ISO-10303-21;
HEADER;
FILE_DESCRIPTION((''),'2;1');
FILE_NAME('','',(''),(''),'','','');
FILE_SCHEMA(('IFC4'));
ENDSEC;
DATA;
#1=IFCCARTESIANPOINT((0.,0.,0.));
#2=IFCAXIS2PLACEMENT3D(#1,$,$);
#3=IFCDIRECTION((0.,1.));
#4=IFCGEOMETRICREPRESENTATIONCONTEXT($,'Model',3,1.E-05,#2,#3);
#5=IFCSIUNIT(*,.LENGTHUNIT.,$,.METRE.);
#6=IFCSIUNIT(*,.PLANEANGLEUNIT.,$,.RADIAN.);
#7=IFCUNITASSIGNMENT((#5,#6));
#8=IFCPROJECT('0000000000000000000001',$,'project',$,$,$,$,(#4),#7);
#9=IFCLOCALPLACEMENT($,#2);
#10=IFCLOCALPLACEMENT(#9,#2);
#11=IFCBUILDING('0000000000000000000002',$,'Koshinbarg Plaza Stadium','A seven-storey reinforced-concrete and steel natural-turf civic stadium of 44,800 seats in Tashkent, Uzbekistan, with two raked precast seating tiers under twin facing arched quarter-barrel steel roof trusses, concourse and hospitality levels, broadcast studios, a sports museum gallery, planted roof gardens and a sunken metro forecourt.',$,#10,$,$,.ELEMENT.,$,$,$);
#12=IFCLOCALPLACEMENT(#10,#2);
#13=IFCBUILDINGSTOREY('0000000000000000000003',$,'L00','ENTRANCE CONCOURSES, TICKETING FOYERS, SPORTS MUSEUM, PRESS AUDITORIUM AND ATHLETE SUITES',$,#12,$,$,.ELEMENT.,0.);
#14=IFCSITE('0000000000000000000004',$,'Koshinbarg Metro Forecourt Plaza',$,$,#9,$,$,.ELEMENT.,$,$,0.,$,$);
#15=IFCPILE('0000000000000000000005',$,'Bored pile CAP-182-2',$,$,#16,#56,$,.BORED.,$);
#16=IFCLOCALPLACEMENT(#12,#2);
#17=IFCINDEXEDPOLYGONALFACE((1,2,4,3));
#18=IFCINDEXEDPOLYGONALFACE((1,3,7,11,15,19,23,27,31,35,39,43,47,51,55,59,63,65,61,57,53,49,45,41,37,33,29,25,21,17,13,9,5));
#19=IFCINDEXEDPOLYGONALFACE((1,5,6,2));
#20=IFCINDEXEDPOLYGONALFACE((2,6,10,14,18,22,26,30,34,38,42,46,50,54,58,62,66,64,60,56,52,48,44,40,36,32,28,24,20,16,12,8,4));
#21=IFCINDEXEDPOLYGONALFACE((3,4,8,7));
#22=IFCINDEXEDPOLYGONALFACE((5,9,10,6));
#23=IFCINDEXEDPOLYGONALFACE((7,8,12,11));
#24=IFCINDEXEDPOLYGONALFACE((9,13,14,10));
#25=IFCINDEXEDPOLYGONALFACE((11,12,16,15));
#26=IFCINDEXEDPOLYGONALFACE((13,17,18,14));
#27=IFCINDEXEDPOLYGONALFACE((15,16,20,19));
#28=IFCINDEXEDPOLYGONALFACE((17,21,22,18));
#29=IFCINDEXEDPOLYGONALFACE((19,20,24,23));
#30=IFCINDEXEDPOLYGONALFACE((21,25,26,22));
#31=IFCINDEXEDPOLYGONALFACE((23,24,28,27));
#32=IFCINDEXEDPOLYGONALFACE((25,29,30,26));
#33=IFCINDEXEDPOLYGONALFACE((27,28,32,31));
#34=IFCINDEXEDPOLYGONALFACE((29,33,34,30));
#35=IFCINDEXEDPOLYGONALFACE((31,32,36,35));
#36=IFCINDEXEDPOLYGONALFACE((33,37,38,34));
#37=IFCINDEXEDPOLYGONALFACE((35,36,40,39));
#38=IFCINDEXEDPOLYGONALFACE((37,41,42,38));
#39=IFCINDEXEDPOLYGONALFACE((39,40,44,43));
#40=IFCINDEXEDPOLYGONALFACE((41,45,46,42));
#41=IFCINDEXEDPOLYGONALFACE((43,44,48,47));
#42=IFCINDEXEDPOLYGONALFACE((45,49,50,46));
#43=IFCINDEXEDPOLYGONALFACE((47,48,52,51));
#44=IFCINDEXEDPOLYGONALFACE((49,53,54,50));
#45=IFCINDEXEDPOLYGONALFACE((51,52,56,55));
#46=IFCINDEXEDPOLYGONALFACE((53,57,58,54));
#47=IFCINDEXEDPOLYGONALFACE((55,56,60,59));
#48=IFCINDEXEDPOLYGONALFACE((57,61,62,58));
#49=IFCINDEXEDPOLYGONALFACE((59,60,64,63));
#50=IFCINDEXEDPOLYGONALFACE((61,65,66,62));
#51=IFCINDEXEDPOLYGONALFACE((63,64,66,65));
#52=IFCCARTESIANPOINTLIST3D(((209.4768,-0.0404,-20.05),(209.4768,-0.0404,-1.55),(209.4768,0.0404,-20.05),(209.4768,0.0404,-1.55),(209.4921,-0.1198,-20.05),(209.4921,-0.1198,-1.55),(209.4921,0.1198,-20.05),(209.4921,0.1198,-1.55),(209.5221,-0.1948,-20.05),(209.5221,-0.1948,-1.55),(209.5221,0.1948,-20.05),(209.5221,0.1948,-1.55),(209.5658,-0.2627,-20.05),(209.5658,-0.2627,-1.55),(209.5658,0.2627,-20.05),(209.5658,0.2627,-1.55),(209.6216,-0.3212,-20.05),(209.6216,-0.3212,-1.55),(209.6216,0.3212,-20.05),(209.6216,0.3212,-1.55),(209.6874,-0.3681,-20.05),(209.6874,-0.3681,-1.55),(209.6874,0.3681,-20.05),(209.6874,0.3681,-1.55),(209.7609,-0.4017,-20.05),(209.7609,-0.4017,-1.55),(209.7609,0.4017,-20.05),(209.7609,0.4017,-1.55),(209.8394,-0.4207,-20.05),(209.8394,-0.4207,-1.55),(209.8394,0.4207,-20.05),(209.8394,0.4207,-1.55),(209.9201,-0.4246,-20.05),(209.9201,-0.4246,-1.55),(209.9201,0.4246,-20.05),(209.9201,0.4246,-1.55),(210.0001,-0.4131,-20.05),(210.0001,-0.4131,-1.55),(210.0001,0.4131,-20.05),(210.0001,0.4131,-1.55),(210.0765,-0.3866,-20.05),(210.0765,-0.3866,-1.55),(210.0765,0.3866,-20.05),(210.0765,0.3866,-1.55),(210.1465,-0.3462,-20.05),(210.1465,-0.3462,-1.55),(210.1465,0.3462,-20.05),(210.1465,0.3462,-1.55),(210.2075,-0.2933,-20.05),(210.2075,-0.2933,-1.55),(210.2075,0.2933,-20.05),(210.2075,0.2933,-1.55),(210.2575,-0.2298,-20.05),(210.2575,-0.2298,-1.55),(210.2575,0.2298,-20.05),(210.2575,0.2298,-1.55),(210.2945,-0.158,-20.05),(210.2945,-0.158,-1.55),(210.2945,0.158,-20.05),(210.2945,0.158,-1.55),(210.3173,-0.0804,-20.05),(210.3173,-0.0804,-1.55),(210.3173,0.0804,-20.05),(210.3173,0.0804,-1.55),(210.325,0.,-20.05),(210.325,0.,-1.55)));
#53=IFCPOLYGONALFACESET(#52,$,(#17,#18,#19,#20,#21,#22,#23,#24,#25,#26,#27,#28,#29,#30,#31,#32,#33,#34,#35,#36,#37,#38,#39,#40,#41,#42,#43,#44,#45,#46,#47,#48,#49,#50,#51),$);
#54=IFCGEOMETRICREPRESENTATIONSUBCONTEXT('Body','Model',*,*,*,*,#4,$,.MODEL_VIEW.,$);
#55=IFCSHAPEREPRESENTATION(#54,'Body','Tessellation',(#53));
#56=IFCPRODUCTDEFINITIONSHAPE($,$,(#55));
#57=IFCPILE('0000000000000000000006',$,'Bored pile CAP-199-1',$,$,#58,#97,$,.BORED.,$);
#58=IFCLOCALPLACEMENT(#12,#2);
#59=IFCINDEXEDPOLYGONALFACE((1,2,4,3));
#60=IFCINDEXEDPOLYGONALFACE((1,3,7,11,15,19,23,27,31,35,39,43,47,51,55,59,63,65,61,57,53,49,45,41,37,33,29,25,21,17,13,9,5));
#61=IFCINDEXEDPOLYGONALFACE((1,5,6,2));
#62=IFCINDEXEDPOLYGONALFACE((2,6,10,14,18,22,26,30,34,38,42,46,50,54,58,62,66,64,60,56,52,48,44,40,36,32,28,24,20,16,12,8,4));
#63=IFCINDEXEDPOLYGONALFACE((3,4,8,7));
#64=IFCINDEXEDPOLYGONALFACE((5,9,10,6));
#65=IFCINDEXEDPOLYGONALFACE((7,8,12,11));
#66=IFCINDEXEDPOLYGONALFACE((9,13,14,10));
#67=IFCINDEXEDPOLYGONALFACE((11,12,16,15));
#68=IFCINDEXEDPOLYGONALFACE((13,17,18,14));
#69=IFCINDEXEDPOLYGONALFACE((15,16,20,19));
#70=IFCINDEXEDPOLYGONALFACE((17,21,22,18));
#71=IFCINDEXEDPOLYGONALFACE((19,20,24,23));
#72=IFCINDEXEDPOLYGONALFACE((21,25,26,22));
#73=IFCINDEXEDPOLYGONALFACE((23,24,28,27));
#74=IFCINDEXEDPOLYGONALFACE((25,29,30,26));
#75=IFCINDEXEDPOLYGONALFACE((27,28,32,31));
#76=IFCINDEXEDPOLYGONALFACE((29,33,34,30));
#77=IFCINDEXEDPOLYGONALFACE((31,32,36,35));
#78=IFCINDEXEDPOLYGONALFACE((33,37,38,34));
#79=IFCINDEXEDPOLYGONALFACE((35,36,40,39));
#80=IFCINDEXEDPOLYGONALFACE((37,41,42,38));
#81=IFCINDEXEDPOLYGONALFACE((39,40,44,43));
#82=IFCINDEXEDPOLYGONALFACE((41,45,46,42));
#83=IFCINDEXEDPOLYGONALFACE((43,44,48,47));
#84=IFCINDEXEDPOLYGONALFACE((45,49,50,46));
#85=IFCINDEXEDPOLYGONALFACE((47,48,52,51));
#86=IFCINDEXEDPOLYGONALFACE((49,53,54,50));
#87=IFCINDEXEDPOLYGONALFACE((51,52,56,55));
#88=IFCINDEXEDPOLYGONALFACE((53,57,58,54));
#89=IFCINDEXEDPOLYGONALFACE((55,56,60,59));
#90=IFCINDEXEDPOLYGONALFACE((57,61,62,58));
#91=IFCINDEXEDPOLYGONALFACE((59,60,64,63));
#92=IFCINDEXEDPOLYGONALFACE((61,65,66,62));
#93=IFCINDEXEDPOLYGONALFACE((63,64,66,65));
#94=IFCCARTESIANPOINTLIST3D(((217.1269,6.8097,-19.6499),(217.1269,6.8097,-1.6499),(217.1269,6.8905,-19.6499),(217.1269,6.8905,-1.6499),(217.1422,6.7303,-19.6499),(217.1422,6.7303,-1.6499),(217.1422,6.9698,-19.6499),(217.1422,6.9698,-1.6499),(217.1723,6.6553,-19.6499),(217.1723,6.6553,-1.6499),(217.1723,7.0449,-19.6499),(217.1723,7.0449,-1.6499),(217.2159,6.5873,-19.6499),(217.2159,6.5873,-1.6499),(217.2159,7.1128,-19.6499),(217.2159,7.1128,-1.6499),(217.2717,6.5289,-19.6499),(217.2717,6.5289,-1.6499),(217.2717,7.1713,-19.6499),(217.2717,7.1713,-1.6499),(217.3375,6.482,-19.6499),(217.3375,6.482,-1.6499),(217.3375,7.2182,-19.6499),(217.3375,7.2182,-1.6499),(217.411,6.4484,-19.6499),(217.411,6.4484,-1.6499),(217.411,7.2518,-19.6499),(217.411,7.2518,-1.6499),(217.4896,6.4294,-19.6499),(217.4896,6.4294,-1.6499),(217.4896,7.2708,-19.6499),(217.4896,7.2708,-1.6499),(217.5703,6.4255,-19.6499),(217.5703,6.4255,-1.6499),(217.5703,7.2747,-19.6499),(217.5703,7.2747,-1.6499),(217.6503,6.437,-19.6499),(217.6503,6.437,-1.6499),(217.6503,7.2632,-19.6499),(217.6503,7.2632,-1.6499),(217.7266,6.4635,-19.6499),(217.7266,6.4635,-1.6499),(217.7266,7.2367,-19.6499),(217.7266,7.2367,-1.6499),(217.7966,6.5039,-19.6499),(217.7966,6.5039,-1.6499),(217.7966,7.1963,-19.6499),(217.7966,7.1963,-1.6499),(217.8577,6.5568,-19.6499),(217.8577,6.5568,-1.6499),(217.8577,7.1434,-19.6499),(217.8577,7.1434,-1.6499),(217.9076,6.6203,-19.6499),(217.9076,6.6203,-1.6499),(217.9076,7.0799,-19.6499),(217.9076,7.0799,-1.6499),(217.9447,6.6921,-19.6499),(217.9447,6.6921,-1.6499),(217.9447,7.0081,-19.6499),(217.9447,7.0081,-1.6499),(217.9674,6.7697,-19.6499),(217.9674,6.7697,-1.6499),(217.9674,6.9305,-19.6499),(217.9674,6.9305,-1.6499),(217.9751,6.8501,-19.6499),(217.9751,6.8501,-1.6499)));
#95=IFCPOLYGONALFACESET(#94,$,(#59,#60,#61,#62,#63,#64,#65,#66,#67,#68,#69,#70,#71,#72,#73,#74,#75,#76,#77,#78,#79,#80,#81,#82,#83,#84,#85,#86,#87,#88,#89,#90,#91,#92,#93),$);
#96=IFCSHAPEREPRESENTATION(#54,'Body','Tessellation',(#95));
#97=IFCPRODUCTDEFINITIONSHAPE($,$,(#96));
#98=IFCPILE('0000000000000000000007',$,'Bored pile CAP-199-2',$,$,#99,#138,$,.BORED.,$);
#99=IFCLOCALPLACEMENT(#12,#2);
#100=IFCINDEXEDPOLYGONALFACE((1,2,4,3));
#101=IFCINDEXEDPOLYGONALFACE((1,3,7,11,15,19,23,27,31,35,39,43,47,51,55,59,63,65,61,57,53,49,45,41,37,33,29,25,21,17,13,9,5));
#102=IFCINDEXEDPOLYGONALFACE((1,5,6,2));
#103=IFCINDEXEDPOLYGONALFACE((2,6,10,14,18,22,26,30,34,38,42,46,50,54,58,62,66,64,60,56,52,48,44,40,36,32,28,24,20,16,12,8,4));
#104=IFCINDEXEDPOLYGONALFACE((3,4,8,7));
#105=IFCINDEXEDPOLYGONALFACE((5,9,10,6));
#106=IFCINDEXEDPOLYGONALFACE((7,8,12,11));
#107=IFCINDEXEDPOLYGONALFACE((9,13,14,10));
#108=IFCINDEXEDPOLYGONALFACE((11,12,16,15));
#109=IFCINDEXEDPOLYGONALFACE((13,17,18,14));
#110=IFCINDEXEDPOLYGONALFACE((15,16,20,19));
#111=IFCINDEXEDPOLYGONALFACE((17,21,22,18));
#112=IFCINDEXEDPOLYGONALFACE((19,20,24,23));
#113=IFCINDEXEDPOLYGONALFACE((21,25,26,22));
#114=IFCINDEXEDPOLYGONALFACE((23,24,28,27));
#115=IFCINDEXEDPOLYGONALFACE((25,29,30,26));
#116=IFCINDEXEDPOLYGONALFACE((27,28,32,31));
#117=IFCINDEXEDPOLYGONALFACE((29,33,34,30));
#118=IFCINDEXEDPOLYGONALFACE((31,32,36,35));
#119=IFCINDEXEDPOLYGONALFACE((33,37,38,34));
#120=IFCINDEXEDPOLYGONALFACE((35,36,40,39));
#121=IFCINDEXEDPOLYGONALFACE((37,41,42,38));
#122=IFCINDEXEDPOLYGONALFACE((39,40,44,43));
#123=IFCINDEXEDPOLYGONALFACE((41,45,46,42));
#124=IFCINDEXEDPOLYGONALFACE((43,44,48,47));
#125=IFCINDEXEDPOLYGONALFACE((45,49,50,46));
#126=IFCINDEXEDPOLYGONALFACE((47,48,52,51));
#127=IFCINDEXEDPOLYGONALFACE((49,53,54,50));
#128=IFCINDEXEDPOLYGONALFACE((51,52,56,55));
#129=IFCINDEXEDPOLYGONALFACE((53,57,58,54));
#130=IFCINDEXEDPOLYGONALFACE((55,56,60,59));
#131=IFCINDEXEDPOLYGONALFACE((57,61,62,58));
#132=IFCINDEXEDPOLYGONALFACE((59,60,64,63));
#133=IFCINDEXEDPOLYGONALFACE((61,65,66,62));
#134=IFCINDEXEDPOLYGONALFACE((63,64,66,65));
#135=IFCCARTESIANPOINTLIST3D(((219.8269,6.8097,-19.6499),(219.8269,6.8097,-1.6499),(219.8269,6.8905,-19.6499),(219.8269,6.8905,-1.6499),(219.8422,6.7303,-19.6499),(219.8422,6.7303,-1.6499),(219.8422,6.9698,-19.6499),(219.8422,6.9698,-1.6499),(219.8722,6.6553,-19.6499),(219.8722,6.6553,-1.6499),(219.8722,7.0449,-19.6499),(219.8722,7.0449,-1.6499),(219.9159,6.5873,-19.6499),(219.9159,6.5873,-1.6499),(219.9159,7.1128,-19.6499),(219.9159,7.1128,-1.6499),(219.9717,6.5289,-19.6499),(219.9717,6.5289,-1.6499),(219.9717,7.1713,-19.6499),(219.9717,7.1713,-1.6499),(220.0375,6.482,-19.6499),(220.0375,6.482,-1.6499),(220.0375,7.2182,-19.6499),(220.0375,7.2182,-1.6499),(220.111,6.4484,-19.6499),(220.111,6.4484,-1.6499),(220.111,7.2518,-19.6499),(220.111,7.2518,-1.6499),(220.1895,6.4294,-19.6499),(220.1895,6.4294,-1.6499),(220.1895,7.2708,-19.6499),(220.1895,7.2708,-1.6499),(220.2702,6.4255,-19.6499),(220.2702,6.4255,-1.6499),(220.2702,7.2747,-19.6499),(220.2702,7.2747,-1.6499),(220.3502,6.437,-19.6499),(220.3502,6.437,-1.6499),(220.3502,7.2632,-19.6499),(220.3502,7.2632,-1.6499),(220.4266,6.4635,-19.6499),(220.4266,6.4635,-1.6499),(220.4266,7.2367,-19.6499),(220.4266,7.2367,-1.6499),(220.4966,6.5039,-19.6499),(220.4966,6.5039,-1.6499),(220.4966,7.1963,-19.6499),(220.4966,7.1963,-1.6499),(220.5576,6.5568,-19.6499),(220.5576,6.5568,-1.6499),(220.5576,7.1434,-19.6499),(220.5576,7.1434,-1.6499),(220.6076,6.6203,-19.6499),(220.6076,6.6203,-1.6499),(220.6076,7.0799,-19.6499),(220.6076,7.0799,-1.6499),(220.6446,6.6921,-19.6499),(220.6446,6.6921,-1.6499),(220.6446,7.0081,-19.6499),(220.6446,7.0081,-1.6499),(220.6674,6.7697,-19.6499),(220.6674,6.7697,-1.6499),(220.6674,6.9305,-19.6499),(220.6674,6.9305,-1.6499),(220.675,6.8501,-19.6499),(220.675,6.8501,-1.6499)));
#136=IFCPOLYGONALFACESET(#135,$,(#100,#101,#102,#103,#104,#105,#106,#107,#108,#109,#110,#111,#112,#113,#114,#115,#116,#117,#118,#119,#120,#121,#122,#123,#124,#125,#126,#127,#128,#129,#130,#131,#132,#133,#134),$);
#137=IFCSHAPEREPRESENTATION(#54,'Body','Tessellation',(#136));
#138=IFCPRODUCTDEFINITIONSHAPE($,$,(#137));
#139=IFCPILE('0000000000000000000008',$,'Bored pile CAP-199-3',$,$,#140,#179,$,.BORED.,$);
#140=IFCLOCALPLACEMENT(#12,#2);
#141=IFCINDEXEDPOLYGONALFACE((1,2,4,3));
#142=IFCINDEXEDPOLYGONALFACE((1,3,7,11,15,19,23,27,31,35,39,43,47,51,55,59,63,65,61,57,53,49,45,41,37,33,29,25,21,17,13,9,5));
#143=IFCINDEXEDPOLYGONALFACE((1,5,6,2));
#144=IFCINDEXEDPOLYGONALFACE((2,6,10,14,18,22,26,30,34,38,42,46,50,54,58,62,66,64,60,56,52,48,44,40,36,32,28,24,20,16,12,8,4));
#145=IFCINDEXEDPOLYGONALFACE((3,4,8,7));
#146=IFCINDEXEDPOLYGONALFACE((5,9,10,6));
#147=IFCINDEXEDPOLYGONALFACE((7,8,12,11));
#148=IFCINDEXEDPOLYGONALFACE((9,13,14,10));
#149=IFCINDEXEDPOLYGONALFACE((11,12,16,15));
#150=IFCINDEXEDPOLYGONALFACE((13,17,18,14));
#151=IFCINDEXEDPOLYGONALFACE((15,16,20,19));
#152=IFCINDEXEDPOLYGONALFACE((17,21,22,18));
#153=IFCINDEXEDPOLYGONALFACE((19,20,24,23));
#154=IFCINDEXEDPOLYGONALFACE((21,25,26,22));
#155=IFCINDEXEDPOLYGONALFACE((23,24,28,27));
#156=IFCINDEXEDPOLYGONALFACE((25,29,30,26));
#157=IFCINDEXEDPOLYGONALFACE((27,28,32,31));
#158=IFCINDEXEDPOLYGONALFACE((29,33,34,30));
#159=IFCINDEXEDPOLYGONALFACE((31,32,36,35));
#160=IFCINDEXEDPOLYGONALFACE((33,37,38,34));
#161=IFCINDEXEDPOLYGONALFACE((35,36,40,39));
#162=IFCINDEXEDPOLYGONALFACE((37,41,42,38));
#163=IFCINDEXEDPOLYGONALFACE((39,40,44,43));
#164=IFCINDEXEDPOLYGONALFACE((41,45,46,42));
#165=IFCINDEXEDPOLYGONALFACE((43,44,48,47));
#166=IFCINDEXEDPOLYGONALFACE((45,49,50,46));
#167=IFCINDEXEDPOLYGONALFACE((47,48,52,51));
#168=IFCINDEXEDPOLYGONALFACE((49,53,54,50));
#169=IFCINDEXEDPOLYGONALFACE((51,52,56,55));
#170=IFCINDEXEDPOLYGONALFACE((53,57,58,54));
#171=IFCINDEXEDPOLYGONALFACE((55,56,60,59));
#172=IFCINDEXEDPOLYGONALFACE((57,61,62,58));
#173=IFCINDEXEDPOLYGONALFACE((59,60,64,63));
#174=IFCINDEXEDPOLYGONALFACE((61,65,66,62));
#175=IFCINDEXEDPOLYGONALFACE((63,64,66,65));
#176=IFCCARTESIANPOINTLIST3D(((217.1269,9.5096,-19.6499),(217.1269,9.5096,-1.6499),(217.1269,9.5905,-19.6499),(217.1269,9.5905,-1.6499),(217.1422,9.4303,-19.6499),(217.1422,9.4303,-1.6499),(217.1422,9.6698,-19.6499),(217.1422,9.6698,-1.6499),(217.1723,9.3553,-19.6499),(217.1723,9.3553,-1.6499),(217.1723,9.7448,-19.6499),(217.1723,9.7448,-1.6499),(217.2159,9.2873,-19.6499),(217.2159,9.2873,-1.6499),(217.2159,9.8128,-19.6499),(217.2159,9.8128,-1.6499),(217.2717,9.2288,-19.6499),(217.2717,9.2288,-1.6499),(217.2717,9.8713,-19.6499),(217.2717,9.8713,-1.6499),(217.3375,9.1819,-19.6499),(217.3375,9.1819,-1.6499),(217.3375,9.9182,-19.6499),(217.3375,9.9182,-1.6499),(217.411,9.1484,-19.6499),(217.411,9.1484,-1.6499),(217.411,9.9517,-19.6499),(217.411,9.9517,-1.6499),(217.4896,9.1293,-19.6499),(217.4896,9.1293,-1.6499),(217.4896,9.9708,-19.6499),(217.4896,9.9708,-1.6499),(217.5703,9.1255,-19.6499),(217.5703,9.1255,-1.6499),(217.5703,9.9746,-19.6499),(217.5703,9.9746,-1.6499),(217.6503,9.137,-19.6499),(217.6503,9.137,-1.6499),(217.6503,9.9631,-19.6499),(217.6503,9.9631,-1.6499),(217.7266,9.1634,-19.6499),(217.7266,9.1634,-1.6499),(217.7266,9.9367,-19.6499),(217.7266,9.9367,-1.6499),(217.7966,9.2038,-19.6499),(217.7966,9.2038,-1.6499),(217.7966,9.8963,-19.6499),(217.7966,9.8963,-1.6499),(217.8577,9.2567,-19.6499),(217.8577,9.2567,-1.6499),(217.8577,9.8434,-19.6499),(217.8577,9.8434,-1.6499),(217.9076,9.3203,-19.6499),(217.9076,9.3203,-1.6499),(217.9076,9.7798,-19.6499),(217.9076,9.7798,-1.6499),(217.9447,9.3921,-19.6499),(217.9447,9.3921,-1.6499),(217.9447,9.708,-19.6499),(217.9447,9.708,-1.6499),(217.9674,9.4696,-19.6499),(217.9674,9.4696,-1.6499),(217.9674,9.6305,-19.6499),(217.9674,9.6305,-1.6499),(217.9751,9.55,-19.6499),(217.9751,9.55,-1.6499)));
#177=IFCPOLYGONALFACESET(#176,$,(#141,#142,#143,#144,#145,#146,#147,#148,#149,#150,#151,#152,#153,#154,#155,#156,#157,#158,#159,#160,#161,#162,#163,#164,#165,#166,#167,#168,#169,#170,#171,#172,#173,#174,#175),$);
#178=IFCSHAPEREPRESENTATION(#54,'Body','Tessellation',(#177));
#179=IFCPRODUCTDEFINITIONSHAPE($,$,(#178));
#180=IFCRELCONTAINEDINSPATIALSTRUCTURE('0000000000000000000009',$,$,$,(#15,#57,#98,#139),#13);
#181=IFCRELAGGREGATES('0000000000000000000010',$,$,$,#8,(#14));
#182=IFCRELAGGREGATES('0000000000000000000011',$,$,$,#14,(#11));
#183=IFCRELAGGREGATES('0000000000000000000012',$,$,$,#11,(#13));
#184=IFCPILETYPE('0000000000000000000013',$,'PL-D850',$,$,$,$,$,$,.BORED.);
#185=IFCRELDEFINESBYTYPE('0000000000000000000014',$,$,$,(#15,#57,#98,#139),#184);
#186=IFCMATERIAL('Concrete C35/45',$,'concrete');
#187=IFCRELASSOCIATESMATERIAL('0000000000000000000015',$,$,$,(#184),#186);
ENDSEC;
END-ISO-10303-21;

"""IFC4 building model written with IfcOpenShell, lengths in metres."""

from ifc_helpers import new_model, si_unit, direction, frame, origin, origin_2d, place, context, subcontext, project, spatial, circle, extrude, material, material_profile, profile_set, type_object, element, save


model = new_model("IFC4")

# Units and contexts
model_context = context("Model", 3, precision=1e-05, world=origin(), true_north=direction((0.0, 1.0)))
body_context = subcontext(model_context, "Body", "Model", "MODEL_VIEW")
ifc_project = project(units=[si_unit("LENGTHUNIT", "METRE"), si_unit("PLANEANGLEUNIT", "RADIAN")], contexts=[model_context])

# Site, building, storey
site_placement = place(None, origin())
site = spatial("IfcSite", under=ifc_project, at=site_placement, Name="Koshinbarg Metro Forecourt Plaza", CompositionType="ELEMENT", RefElevation=0.0)
building_placement = place(site_placement, origin())
building = spatial("IfcBuilding", under=site, at=building_placement, Name="Koshinbarg Plaza Stadium", Description="A seven-storey reinforced-concrete and steel natural-turf civic stadium of 44,800 seats in Tashkent, Uzbekistan, with two raked precast seating tiers under twin facing arched quarter-barrel steel roof trusses, concourse and hospitality levels, broadcast studios, a sports museum gallery, planted roof gardens and a sunken metro forecourt.", CompositionType="ELEMENT")
storey_placement = place(building_placement, origin())
storey = spatial("IfcBuildingStorey", under=building, at=storey_placement, Name="L00", Description="ENTRANCE CONCOURSES, TICKETING FOYERS, SPORTS MUSEUM, PRESS AUDITORIUM AND ATHLETE SUITES", CompositionType="ELEMENT", Elevation=0.0)

# Shared definitions
ifc_material_1 = material(Name="Concrete C35/45", Category="concrete")

# Piles
ifc_material_profile_1 = material_profile(ifc_material_1, circle(Radius=0.425, at=origin_2d()), Name="PILE D850")
ifc_profile_set_1 = profile_set([ifc_material_profile_1], Name="Concrete C35/45")
pile_type_1 = type_object("IfcPileType", Name="PL-D850", PredefinedType="BORED", material=ifc_profile_set_1)
pile_1_placement = place(storey_placement, frame((209.8999, 0.0, -1.55), z_axis=(0.0, 0.0, -1.0), x_axis=(1.0, 0.0, 0.0)))
element("IfcPile", 1, at=pile_1_placement, inside=storey, type_object=pile_type_1, Name="Bored pile CAP-182-2", PredefinedType="BORED", context=body_context, shape_type="SweptSolid", body=[
    extrude(circle(Radius=0.425, at=origin_2d()), origin(), (0.0, 0.0, 1.0), 18.5),
])
for number, where, z_axis, x_axis, name in (
    (2, (217.55, 6.8501, -1.6499), (0.0, 0.0, -1.0), (1.0, 0.0, 0.0), "Bored pile CAP-199-1"),
    (3, (220.25, 6.8501, -1.6499), (0.0, 0.0, -1.0), (1.0, 0.0, 0.0), "Bored pile CAP-199-2"),
    (4, (217.55, 9.55, -1.6499), (0.0, 0.0, -1.0), (1.0, 0.0, 0.0), "Bored pile CAP-199-3"),
):
    element("IfcPile", number, at=place(storey_placement, frame(where, z_axis=z_axis, x_axis=x_axis)), inside=storey, type_object=pile_type_1, Name=name, PredefinedType="BORED", context=body_context, shape_type="SweptSolid", body=[
        extrude(circle(Radius=0.425, at=origin_2d()), origin(), (0.0, 0.0, 1.0), 18.0),
    ])

save(model, "model.ifc")
